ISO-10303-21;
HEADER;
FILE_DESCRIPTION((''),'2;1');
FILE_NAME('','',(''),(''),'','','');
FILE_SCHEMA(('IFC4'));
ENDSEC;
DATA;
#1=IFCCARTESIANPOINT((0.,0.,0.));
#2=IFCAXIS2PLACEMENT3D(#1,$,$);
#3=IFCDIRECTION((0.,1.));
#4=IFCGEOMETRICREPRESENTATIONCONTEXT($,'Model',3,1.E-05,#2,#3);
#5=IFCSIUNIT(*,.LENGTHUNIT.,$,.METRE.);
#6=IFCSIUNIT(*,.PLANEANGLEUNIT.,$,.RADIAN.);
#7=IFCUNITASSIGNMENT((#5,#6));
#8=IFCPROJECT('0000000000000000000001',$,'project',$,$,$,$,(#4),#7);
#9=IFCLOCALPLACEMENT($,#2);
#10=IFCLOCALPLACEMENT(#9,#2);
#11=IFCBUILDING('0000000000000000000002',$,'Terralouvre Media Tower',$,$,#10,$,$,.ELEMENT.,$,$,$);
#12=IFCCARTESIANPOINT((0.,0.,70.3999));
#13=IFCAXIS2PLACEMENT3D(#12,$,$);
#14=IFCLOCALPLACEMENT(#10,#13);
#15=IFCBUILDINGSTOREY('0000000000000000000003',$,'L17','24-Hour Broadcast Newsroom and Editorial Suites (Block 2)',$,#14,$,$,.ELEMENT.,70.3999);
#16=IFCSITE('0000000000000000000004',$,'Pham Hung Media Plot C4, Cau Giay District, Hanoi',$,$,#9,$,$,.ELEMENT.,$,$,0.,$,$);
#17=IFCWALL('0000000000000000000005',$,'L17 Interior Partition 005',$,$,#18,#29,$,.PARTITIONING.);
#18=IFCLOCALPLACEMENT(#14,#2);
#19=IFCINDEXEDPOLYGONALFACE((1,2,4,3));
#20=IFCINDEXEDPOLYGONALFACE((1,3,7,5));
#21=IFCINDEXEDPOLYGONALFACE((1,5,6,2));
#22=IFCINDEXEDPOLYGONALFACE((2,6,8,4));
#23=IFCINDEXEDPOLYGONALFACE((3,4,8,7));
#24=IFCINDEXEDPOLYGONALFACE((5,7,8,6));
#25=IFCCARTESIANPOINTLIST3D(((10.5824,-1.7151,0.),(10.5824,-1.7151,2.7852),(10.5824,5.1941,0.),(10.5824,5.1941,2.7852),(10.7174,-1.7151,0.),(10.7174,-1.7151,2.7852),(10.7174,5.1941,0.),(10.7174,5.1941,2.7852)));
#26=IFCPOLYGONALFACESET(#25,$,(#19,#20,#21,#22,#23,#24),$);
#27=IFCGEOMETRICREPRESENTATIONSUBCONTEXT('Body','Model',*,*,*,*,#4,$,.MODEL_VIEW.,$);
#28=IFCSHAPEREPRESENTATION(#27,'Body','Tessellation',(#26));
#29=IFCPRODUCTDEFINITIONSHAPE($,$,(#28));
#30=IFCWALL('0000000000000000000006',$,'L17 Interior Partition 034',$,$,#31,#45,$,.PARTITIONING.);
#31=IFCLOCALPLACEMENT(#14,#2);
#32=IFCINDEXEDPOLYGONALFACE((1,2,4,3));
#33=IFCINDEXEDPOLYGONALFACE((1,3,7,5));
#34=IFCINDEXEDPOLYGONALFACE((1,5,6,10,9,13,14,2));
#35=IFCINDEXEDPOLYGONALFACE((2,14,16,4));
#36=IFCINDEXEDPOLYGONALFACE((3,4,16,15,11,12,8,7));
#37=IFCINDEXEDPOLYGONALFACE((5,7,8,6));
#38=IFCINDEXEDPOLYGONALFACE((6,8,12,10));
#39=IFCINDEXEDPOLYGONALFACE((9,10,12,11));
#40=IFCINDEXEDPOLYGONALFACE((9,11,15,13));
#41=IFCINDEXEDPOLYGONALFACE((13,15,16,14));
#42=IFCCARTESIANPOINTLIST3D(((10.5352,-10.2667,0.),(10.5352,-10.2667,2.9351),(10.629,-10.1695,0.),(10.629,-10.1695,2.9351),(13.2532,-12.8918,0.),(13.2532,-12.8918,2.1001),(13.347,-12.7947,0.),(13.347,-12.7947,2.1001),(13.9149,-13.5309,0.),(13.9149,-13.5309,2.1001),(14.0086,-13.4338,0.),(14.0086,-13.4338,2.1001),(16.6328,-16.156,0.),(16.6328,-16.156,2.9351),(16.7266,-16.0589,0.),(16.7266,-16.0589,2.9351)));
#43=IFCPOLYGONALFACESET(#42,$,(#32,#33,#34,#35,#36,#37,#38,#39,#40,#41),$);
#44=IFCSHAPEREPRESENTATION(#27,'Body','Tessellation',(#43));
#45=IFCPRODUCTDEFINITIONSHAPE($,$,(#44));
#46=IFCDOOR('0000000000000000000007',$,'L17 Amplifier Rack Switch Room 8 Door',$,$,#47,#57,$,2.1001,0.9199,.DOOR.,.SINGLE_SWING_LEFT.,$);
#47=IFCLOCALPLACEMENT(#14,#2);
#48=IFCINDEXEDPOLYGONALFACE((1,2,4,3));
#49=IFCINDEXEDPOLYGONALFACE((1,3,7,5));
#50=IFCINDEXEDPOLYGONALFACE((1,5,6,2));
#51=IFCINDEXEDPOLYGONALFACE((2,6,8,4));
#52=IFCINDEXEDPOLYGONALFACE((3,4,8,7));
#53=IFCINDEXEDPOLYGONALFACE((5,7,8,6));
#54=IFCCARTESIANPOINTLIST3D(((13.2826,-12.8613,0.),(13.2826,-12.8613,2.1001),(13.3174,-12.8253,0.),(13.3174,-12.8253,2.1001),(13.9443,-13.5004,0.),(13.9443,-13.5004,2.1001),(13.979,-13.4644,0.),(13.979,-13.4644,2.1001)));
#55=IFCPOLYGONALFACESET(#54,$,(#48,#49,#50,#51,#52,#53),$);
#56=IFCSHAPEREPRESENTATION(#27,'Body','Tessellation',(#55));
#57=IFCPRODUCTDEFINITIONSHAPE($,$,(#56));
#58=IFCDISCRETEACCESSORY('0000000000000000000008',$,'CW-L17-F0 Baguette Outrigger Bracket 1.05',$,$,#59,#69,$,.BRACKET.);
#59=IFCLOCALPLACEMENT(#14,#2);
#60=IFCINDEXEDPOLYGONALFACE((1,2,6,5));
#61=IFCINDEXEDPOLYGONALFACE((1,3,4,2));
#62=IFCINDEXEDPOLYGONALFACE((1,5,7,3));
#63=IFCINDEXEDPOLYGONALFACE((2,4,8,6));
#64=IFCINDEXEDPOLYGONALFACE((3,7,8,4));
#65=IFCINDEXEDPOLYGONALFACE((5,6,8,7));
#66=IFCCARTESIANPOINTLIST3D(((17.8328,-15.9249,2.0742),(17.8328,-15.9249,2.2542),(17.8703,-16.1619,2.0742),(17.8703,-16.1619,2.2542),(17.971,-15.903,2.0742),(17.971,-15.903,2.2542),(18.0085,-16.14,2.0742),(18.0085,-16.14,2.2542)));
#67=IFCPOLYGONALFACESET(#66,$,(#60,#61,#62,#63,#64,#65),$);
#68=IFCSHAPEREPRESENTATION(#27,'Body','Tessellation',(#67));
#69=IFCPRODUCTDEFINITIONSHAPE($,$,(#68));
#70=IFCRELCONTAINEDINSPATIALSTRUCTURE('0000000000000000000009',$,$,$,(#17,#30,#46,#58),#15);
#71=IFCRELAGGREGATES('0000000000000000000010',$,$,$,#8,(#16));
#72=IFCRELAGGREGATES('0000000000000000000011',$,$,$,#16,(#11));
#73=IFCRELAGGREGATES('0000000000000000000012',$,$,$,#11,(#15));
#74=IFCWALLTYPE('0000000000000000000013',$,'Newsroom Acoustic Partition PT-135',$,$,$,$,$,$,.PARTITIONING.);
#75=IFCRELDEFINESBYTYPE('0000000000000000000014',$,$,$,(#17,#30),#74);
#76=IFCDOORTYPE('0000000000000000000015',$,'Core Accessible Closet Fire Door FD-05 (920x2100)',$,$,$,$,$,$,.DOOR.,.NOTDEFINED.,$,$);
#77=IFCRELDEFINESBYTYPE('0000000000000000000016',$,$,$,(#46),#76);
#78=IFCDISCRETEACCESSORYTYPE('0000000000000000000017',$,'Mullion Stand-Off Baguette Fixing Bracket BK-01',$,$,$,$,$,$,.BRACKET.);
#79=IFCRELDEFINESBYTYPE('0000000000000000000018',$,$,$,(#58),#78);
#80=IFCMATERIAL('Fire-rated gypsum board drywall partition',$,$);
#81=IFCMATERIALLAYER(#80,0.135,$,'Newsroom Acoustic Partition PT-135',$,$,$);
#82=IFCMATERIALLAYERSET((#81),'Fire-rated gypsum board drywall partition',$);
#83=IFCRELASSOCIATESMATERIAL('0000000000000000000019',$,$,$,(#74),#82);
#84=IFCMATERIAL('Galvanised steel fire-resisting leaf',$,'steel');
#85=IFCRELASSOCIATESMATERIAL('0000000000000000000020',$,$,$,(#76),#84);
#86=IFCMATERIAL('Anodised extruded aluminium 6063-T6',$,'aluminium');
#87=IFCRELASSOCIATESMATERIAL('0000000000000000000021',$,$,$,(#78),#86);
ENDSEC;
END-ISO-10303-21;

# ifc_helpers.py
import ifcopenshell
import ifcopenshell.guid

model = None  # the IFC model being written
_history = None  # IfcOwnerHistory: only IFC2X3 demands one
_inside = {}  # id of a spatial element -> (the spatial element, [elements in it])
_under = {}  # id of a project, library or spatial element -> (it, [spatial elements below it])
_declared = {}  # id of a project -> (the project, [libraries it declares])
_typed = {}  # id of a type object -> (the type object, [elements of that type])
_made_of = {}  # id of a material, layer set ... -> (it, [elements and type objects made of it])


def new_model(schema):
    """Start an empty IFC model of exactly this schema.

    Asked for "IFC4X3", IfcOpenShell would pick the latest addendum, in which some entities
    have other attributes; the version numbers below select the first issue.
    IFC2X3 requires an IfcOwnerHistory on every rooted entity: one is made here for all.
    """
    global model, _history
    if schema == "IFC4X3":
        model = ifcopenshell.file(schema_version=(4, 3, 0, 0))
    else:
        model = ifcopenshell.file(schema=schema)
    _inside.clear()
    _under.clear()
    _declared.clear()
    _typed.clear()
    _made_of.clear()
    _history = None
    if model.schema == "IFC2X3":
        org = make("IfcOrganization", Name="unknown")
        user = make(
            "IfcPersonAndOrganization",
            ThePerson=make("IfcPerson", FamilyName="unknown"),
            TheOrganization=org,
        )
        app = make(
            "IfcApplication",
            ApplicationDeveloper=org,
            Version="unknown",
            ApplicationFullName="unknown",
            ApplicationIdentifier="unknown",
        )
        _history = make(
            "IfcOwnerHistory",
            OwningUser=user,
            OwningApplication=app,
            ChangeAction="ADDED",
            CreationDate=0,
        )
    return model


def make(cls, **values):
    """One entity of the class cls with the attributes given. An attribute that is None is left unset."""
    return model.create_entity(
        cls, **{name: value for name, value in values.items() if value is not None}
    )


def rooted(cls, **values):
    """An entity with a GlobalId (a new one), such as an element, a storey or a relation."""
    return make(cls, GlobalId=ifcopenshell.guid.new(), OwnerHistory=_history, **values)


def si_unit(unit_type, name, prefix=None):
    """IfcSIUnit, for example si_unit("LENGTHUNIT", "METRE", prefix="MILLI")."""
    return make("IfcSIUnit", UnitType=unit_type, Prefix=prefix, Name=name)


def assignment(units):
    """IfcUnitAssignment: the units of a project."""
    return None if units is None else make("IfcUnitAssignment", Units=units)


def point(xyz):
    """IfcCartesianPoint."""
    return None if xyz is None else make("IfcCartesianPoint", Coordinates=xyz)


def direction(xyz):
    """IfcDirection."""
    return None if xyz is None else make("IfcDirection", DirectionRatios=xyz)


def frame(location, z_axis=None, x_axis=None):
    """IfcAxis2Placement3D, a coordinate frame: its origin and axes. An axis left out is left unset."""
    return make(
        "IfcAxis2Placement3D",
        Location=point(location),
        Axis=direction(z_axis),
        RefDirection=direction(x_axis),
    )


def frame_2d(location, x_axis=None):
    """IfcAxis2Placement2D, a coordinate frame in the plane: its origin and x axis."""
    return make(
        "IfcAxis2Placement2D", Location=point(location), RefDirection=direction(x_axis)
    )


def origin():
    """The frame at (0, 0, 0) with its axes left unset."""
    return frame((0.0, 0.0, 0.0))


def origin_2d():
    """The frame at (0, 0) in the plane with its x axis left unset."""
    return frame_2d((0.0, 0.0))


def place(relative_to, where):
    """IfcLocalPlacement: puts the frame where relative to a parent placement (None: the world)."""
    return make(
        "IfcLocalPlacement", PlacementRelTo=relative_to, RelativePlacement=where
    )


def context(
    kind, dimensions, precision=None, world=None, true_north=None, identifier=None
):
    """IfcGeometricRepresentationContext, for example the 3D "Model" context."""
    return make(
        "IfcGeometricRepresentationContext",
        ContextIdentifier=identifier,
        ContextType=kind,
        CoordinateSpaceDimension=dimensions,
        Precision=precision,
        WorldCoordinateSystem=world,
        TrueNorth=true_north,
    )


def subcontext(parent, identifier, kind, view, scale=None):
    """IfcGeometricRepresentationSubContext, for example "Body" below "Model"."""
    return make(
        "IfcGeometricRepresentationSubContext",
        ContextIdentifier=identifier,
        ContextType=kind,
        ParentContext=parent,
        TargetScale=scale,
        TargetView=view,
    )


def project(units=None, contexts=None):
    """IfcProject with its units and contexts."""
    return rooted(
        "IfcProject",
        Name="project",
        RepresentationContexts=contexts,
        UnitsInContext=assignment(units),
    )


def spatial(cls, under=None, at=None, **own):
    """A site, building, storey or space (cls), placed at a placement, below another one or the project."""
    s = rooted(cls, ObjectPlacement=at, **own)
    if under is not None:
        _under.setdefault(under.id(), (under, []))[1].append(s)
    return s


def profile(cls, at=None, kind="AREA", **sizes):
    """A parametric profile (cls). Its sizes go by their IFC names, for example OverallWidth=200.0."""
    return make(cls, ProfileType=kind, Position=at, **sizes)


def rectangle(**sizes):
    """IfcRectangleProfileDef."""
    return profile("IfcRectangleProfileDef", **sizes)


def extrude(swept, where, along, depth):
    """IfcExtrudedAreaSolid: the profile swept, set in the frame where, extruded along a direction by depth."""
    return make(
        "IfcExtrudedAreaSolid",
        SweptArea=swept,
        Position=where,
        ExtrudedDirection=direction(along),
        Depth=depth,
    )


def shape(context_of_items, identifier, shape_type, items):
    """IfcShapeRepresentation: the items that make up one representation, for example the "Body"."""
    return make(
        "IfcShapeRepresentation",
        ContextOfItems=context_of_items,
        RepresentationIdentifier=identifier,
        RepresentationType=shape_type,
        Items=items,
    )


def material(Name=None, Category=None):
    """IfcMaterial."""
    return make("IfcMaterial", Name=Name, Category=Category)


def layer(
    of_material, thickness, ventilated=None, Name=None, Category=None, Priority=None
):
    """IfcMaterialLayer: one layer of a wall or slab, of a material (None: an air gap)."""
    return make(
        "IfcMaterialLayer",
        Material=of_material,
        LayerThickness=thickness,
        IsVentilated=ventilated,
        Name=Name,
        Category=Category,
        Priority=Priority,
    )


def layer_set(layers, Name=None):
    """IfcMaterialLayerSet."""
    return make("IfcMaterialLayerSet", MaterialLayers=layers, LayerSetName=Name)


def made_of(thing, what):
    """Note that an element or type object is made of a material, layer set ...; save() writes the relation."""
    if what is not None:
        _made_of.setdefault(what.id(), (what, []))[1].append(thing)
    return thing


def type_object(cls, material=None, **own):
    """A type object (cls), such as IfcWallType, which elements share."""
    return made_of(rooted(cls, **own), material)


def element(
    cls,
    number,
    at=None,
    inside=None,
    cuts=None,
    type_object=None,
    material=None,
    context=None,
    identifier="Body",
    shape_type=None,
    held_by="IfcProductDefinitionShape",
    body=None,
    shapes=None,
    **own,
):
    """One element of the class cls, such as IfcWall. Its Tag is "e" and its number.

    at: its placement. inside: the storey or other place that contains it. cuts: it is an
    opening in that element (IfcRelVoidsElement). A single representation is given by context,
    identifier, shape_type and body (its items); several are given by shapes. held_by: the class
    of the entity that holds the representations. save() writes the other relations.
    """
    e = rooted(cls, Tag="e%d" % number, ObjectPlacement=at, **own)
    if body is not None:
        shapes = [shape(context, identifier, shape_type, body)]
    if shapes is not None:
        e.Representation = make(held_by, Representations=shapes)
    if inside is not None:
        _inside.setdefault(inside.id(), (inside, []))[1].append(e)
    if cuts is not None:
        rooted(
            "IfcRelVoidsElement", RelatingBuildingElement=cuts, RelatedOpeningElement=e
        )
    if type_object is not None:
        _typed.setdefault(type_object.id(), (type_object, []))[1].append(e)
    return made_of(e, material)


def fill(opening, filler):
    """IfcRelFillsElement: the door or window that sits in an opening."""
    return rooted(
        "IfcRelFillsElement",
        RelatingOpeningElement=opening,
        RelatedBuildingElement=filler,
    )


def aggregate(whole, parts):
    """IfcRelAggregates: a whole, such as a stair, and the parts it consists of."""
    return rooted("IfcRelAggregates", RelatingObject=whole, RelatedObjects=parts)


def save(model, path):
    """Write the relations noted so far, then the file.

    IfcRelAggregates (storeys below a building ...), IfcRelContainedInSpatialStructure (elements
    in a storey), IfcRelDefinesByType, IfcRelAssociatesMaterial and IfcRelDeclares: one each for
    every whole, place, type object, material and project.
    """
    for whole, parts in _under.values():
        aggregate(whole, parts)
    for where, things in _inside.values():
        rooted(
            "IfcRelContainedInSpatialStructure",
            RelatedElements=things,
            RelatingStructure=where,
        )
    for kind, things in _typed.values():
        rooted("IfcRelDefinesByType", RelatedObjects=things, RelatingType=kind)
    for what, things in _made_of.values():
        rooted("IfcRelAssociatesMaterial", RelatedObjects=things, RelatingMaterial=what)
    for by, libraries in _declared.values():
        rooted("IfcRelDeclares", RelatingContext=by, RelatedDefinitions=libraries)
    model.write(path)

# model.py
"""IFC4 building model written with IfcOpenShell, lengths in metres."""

from ifc_helpers import new_model, si_unit, direction, frame, frame_2d, origin, origin_2d, place, context, subcontext, project, spatial, rectangle, extrude, material, layer, layer_set, type_object, element, fill, save


model = new_model("IFC4")

# Units and contexts
model_context = context("Model", 3, precision=1e-05, world=origin(), true_north=direction((0.0, 1.0)))
body_context = subcontext(model_context, "Body", "Model", "MODEL_VIEW")
ifc_project = project(units=[si_unit("LENGTHUNIT", "METRE"), si_unit("PLANEANGLEUNIT", "RADIAN")], contexts=[model_context])

# Site, building, storey
site_placement = place(None, origin())
site = spatial("IfcSite", under=ifc_project, at=site_placement, Name="Pham Hung Media Plot C4, Cau Giay District, Hanoi", CompositionType="ELEMENT", RefElevation=0.0)
building_placement = place(site_placement, origin())
building = spatial("IfcBuilding", under=site, at=building_placement, Name="Terralouvre Media Tower", CompositionType="ELEMENT")
storey_placement = place(building_placement, frame((0.0, 0.0, 70.3999)))
storey = spatial("IfcBuildingStorey", under=building, at=storey_placement, Name="L17", Description="24-Hour Broadcast Newsroom and Editorial Suites (Block 2)", CompositionType="ELEMENT", Elevation=70.3999)

# Shared definitions
ifc_material_1 = material(Name="Fire-rated gypsum board drywall partition")
ifc_layer_1 = layer(ifc_material_1, 0.135, Name="Newsroom Acoustic Partition PT-135")
ifc_layer_set_1 = layer_set([ifc_layer_1], Name="Fire-rated gypsum board drywall partition")
wall_type_1 = type_object("IfcWallType", Name="Newsroom Acoustic Partition PT-135", PredefinedType="PARTITIONING", material=ifc_layer_set_1)

# Wall
wall_1_placement = place(storey_placement, frame((10.6499, -1.7151, 0.0), z_axis=(0.0, 0.0, 1.0), x_axis=(0.0, 1.0, 0.0)))
element("IfcWall", 1, at=wall_1_placement, inside=storey, type_object=wall_type_1, Name="L17 Interior Partition 005", PredefinedType="PARTITIONING", context=body_context, shape_type="SweptSolid", body=[
    extrude(rectangle(XDim=6.9092, YDim=0.135, at=frame_2d((3.4546, 0.0))), origin(), (0.0, 0.0, 1.0), 2.7852),
])

# Wall, opening, door
wall_2_placement = place(storey_placement, frame((10.582, -10.218, 0.0), z_axis=(0.0, 0.0, 1.0), x_axis=(0.719283, -0.694717, 0.0)))
wall_2 = element("IfcWall", 2, at=wall_2_placement, inside=storey, type_object=wall_type_1, Name="L17 Interior Partition 034", PredefinedType="PARTITIONING", context=body_context, shape_type="SweptSolid", body=[
    extrude(rectangle(XDim=8.4773, YDim=0.135, at=frame_2d((4.2388, 0.0))), origin(), (0.0, 0.0, 1.0), 2.9351),
])
opening_1_placement = place(wall_2_placement, frame((3.7788, 0.0, 0.0)))
opening_1 = element("IfcOpeningElement", 3, at=opening_1_placement, cuts=wall_2, PredefinedType="OPENING", context=body_context, shape_type="SweptSolid", body=[
    extrude(rectangle(XDim=0.9199, YDim=2.1001, at=frame_2d((0.46, 1.05))), frame((0.0, 0.0774, 0.0), z_axis=(0.0, -1.0, 0.0), x_axis=(1.0, 0.0, 0.0)), (0.0, 0.0, 1.0), 0.155),
])
ifc_material_2 = material(Name="Galvanised steel fire-resisting leaf", Category="steel")
door_type_1 = type_object("IfcDoorType", Name="Core Accessible Closet Fire Door FD-05 (920x2100)", OperationType="NOTDEFINED", PredefinedType="DOOR", material=ifc_material_2)
door_1_placement = place(opening_1_placement, origin())
door_1 = element("IfcDoor", 4, at=door_1_placement, inside=storey, type_object=door_type_1, Name="L17 Amplifier Rack Switch Room 8 Door", OperationType="SINGLE_SWING_LEFT", OverallHeight=2.1001, OverallWidth=0.9199, PredefinedType="DOOR", context=body_context, shape_type="SweptSolid", body=[
    extrude(rectangle(XDim=0.9199, YDim=2.1001, at=frame_2d((0.46, 1.05))), frame((0.0, 0.0249, 0.0), z_axis=(0.0, -1.0, 0.0), x_axis=(1.0, 0.0, 0.0)), (0.0, 0.0, 1.0), 0.05),
])
fill(opening_1, door_1)

# Discrete accessory
ifc_material_3 = material(Name="Anodised extruded aluminium 6063-T6", Category="aluminium")
discrete_accessory_type = type_object("IfcDiscreteAccessoryType", Name="Mullion Stand-Off Baguette Fixing Bracket BK-01", PredefinedType="BRACKET", material=ifc_material_3)
discrete_accessory_placement = place(storey_placement, frame((17.9207, -16.0325, 2.0742), z_axis=(0.0, 0.0, 1.0), x_axis=(0.987688, 0.156434, 0.0)))
element("IfcDiscreteAccessory", 5, at=discrete_accessory_placement, inside=storey, type_object=discrete_accessory_type, Name="CW-L17-F0 Baguette Outrigger Bracket 1.05", PredefinedType="BRACKET", context=body_context, shape_type="SweptSolid", body=[
    extrude(rectangle(XDim=0.1399, YDim=0.24, at=origin_2d()), origin(), (0.0, 0.0, 1.0), 0.1799),
])

save(model, "model.ifc")
